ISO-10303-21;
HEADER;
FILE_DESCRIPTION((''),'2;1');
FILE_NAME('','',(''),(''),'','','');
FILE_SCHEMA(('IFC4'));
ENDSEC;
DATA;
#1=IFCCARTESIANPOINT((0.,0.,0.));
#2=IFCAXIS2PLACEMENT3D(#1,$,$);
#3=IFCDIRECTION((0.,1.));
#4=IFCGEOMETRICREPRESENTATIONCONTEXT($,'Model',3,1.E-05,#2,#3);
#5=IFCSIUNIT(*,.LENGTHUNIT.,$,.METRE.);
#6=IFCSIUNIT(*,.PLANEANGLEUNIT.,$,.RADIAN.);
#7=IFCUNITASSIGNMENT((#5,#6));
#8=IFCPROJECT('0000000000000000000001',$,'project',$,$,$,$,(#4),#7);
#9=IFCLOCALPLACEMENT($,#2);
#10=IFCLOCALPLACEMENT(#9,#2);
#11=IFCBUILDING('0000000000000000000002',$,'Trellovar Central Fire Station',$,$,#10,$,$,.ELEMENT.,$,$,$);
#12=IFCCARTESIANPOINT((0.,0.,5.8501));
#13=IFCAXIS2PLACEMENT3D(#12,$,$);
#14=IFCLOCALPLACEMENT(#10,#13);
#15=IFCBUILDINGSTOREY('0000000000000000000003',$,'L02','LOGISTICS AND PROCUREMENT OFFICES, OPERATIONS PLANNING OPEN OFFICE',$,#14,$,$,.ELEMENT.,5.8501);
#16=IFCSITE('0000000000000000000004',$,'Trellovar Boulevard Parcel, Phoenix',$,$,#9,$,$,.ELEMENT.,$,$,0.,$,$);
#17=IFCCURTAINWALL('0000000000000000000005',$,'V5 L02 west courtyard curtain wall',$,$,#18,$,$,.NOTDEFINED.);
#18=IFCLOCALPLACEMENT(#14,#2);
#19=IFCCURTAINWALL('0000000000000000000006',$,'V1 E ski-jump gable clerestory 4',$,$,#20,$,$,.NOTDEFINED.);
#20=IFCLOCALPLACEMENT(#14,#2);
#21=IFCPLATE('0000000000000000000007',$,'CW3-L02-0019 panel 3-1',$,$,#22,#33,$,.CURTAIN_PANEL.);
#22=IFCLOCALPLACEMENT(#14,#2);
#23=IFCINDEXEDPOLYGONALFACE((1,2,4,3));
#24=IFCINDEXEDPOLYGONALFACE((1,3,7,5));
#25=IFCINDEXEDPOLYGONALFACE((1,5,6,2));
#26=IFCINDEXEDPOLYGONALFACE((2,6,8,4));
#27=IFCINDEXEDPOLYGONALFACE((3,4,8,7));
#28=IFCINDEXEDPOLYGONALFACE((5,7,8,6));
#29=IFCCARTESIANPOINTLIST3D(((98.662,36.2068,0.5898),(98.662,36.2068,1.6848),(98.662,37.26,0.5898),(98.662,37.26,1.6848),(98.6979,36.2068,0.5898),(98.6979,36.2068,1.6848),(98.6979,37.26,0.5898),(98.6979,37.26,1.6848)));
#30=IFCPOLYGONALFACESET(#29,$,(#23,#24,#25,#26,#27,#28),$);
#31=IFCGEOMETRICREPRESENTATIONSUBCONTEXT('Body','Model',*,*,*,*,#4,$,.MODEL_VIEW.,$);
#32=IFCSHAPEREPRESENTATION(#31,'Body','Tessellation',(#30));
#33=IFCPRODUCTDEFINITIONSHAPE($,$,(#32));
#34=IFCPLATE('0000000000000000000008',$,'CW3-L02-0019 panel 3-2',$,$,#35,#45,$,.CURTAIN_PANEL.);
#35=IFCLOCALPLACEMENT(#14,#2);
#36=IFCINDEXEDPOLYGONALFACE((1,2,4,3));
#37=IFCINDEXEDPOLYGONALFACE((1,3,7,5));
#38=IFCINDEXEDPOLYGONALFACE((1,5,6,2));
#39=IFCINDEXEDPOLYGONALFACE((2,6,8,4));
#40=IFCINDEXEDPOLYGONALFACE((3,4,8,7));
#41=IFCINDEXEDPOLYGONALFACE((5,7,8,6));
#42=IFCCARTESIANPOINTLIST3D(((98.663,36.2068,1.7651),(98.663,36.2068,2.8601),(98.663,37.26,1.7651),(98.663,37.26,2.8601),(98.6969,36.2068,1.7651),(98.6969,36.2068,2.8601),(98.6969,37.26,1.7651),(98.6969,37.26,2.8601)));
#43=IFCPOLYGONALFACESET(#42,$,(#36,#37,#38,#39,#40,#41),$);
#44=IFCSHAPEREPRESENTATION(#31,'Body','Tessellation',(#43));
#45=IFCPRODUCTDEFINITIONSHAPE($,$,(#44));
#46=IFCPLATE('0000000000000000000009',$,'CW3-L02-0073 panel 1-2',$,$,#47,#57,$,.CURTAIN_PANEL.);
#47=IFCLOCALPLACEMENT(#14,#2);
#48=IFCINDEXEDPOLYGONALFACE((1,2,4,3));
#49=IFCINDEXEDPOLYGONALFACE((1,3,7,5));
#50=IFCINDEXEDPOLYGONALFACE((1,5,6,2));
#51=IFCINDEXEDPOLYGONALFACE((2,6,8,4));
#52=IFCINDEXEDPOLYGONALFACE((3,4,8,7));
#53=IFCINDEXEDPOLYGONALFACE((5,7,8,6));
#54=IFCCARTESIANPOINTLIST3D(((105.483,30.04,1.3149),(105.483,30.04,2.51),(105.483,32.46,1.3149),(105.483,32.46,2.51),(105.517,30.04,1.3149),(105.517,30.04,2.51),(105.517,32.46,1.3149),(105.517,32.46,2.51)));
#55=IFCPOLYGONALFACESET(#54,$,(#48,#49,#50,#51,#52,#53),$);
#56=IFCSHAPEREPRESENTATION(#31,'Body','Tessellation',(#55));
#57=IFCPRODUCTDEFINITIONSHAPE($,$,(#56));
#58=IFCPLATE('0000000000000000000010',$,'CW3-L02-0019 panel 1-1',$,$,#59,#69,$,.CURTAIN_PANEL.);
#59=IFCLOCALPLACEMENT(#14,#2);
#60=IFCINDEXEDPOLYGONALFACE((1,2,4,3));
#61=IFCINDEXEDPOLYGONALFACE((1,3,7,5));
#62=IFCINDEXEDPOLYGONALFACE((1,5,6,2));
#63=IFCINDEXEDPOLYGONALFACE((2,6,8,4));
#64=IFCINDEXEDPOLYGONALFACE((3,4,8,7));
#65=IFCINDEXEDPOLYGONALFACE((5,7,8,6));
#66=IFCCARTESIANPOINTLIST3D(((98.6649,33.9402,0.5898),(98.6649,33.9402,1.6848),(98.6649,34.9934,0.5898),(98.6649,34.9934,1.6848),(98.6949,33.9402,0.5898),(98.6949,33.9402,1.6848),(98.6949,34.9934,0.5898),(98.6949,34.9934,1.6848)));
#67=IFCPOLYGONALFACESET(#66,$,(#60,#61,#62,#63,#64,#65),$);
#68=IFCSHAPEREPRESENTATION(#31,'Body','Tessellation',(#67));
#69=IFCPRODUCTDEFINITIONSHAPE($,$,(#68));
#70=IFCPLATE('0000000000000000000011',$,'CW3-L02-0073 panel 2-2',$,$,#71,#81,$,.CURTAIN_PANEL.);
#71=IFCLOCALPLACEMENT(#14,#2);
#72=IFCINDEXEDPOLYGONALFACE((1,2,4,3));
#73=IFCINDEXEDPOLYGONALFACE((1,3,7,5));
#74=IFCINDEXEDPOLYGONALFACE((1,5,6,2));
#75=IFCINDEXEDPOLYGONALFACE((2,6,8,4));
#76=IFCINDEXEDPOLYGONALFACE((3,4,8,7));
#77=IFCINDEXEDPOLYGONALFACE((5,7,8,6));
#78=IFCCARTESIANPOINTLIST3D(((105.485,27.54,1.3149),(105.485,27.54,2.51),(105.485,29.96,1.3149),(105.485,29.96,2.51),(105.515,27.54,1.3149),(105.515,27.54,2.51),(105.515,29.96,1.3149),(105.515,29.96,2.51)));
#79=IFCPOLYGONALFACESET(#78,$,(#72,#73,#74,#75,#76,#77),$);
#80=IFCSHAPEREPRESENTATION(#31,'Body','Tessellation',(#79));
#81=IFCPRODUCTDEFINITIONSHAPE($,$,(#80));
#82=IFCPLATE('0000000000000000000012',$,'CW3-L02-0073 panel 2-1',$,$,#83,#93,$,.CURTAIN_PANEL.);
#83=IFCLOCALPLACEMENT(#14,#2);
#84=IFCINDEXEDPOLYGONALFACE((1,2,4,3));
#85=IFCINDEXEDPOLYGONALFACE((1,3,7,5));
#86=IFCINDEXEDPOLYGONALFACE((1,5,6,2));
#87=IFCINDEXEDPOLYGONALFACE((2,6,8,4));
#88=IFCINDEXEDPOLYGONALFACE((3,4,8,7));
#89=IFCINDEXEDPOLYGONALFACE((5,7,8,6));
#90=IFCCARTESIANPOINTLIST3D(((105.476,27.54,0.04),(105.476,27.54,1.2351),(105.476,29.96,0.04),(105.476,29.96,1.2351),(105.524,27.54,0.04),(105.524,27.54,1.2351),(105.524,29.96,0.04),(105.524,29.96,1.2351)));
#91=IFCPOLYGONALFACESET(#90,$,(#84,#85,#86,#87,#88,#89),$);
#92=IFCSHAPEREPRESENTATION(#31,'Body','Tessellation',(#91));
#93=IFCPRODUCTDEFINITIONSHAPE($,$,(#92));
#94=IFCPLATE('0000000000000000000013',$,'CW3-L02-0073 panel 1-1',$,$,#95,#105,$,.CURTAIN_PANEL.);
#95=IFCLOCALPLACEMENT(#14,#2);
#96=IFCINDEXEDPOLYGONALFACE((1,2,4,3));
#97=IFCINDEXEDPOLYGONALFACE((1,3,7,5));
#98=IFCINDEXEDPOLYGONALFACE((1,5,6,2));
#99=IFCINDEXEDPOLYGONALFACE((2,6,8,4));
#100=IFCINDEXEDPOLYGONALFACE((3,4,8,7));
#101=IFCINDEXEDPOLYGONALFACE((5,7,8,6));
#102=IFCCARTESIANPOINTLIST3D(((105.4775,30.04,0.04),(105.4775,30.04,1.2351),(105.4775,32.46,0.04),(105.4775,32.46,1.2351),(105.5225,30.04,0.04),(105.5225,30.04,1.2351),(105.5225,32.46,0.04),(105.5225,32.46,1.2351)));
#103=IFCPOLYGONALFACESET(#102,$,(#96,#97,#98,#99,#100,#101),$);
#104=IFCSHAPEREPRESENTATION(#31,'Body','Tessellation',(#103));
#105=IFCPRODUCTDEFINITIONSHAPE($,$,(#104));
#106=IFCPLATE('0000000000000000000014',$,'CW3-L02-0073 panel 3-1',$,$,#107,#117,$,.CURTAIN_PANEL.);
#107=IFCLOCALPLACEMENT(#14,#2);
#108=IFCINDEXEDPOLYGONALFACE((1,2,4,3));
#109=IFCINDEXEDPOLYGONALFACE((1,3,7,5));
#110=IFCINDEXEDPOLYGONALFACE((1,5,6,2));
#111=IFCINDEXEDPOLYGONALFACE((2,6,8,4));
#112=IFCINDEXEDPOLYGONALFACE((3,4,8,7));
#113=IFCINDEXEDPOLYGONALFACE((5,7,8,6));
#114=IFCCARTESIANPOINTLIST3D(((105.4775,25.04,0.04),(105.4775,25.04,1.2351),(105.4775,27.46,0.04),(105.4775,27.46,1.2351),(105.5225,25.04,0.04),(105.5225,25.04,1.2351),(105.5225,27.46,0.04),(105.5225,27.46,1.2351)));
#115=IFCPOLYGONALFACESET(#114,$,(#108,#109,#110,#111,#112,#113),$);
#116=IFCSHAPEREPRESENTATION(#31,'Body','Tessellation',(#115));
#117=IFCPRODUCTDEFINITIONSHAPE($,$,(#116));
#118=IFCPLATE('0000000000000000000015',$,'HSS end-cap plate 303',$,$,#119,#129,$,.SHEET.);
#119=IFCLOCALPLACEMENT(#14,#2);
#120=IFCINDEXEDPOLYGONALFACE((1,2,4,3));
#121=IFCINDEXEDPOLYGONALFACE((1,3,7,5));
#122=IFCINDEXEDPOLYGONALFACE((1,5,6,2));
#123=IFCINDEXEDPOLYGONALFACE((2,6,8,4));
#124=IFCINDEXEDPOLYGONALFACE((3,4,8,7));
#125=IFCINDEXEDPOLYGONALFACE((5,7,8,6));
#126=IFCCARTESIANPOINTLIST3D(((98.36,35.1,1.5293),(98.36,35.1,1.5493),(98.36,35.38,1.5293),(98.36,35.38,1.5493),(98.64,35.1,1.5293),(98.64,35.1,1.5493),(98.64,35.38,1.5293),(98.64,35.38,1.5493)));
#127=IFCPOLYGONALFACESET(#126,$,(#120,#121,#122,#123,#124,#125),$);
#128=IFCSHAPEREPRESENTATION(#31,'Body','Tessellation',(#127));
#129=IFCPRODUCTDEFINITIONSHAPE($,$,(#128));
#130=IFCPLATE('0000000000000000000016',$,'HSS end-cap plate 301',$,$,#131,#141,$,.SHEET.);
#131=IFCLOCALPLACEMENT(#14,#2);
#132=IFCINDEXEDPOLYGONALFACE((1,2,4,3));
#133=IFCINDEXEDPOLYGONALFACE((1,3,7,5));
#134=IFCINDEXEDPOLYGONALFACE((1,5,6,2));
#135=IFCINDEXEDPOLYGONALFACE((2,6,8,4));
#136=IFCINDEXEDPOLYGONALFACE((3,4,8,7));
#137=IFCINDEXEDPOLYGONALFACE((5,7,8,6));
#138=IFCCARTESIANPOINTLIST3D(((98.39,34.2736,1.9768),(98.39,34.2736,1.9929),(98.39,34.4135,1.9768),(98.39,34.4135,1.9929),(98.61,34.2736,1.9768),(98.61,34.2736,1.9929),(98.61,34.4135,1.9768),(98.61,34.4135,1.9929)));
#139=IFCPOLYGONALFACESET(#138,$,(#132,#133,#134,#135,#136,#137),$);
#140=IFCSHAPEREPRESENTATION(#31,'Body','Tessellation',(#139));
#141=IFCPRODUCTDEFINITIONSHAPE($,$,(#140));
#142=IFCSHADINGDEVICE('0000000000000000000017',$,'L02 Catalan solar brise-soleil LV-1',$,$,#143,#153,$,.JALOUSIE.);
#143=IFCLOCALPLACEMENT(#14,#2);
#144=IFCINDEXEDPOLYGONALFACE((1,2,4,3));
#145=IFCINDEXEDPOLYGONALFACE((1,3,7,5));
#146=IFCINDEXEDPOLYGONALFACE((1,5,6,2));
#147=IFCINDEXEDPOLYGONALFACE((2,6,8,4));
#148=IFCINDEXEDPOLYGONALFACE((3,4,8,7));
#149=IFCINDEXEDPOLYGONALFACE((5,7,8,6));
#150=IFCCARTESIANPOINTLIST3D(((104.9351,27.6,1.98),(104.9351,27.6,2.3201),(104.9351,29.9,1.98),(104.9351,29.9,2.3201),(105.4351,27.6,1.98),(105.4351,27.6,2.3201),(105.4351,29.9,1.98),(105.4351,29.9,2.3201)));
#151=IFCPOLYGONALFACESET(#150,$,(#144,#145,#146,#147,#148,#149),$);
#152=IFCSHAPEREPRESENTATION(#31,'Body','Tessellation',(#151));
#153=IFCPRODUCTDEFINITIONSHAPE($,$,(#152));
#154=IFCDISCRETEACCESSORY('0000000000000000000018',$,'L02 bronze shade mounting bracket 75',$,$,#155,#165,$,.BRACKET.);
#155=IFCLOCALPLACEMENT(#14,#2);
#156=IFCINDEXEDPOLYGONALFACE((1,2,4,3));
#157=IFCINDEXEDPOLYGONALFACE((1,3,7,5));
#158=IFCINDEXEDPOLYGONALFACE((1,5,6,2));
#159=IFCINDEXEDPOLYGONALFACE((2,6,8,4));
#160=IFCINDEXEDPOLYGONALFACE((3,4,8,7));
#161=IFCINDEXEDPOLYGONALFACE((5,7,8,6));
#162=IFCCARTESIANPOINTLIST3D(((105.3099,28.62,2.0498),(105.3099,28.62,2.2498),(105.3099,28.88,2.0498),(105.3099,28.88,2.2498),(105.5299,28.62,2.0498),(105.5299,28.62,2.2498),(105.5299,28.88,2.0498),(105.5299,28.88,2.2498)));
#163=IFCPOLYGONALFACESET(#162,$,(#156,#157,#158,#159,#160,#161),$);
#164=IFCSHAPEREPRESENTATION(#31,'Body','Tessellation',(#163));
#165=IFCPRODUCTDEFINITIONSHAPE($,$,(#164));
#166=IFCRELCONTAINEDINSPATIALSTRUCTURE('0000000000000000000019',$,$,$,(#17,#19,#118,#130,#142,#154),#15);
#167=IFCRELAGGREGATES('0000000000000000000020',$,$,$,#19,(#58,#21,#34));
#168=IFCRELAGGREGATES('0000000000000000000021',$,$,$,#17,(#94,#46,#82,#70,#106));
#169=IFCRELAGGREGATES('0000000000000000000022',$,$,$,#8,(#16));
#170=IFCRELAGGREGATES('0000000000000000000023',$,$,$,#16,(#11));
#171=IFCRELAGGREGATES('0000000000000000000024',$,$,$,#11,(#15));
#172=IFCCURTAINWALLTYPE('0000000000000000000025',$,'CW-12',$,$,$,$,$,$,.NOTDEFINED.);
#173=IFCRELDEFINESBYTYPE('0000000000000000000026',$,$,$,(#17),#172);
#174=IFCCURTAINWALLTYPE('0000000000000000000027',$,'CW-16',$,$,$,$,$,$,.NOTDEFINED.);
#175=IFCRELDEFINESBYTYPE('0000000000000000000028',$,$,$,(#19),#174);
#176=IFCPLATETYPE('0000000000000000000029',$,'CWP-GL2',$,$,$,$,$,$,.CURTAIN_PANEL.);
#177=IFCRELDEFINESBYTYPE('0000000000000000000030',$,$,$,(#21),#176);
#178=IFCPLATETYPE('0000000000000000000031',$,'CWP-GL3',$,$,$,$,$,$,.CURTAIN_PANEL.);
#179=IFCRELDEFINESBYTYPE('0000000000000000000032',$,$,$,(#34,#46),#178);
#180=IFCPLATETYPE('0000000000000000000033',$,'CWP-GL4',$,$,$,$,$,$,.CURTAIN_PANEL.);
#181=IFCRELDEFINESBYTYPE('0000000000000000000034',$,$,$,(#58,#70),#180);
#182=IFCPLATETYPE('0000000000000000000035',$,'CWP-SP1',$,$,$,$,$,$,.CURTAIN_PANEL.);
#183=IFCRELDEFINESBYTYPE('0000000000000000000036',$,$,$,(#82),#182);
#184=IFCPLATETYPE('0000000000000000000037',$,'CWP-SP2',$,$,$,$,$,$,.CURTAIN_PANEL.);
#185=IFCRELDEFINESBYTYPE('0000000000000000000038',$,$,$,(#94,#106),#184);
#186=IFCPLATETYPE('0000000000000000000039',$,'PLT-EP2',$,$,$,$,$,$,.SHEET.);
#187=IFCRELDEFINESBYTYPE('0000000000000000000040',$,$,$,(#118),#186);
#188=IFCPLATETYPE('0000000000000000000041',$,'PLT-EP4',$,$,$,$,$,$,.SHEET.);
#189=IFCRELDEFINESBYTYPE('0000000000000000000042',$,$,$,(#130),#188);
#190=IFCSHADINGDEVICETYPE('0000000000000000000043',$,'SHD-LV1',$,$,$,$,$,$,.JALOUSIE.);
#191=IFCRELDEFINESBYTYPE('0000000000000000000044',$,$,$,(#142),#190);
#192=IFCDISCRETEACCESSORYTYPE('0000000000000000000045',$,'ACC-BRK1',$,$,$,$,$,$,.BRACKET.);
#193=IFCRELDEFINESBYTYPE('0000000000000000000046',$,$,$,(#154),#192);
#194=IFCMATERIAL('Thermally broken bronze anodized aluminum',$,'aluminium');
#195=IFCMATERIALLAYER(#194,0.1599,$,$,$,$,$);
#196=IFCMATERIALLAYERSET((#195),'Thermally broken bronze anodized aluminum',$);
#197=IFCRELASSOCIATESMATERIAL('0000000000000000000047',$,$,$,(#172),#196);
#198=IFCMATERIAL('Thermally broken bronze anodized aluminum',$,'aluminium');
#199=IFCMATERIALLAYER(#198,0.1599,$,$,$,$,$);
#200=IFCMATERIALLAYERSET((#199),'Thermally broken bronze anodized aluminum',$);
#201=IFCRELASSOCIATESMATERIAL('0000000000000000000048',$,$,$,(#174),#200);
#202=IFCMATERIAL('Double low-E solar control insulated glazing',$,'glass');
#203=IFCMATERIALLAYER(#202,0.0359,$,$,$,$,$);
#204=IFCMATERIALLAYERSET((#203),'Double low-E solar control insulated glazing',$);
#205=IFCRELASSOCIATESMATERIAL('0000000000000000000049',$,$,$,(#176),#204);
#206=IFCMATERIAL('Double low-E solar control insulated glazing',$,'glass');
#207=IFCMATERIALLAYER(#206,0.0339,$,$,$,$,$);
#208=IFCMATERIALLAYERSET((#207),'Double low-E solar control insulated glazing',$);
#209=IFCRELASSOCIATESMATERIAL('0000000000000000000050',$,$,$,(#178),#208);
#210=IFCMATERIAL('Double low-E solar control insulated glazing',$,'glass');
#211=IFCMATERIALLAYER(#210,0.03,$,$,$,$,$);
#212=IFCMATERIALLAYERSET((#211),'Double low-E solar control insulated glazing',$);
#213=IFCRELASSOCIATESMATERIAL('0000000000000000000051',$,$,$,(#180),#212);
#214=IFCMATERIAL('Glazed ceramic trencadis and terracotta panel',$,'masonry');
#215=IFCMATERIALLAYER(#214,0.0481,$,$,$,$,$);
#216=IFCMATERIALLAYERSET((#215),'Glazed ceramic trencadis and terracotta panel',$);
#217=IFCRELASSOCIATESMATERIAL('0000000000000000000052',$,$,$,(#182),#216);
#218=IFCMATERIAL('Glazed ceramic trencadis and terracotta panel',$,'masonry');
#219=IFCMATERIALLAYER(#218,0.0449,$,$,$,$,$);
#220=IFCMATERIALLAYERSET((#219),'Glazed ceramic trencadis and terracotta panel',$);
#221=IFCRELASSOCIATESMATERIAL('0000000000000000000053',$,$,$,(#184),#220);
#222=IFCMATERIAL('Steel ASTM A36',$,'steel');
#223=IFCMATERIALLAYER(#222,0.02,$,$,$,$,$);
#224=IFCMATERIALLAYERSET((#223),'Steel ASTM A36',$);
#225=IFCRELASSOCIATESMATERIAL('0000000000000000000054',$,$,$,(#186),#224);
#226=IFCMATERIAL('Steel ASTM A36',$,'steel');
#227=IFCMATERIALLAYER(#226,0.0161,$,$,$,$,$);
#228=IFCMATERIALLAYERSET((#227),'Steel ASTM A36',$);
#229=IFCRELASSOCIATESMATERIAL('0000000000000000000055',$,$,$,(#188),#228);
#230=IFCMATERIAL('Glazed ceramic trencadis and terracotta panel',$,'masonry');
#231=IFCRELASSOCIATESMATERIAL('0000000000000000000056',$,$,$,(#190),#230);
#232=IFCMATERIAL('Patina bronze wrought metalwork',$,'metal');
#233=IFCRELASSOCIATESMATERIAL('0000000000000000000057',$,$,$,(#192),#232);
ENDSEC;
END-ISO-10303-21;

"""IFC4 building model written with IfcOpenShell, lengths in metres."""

from ifc_helpers import new_model, si_unit, direction, frame, origin, origin_2d, place, context, subcontext, project, spatial, rectangle, extrude, material, layer, layer_set, type_object, element, aggregate, save


model = new_model("IFC4")

# Units and contexts
model_context = context("Model", 3, precision=1e-05, world=origin(), true_north=direction((0.0, 1.0)))
body_context = subcontext(model_context, "Body", "Model", "MODEL_VIEW")
ifc_project = project(units=[si_unit("LENGTHUNIT", "METRE"), si_unit("PLANEANGLEUNIT", "RADIAN")], contexts=[model_context])

# Site, building, storey
site_placement = place(None, origin())
site = spatial("IfcSite", under=ifc_project, at=site_placement, Name="Trellovar Boulevard Parcel, Phoenix", CompositionType="ELEMENT", RefElevation=0.0)
building_placement = place(site_placement, origin())
building = spatial("IfcBuilding", under=site, at=building_placement, Name="Trellovar Central Fire Station", CompositionType="ELEMENT")
storey_placement = place(building_placement, frame((0.0, 0.0, 5.8501)))
storey = spatial("IfcBuildingStorey", under=building, at=storey_placement, Name="L02", Description="LOGISTICS AND PROCUREMENT OFFICES, OPERATIONS PLANNING OPEN OFFICE", CompositionType="ELEMENT", Elevation=5.8501)

# Curtain walls
ifc_material_1 = material(Name="Thermally broken bronze anodized aluminum", Category="aluminium")
ifc_layer_1 = layer(ifc_material_1, 0.1599)
ifc_layer_set_1 = layer_set([ifc_layer_1], Name="Thermally broken bronze anodized aluminum")
curtain_wall_type_1 = type_object("IfcCurtainWallType", Name="CW-12", PredefinedType="NOTDEFINED", material=ifc_layer_set_1)
curtain_wall_1_placement = place(storey_placement, origin())
curtain_wall_1 = element("IfcCurtainWall", 1, at=curtain_wall_1_placement, inside=storey, type_object=curtain_wall_type_1, Name="V5 L02 west courtyard curtain wall", PredefinedType="NOTDEFINED")
ifc_material_2 = material(Name="Thermally broken bronze anodized aluminum", Category="aluminium")
ifc_layer_2 = layer(ifc_material_2, 0.1599)
ifc_layer_set_2 = layer_set([ifc_layer_2], Name="Thermally broken bronze anodized aluminum")
curtain_wall_type_2 = type_object("IfcCurtainWallType", Name="CW-16", PredefinedType="NOTDEFINED", material=ifc_layer_set_2)
curtain_wall_2_placement = place(storey_placement, origin())
curtain_wall_2 = element("IfcCurtainWall", 2, at=curtain_wall_2_placement, inside=storey, type_object=curtain_wall_type_2, Name="V1 E ski-jump gable clerestory 4", PredefinedType="NOTDEFINED")

# Plates
ifc_material_3 = material(Name="Double low-E solar control insulated glazing", Category="glass")
ifc_layer_3 = layer(ifc_material_3, 0.0359)
ifc_layer_set_3 = layer_set([ifc_layer_3], Name="Double low-E solar control insulated glazing")
plate_type_1 = type_object("IfcPlateType", Name="CWP-GL2", PredefinedType="CURTAIN_PANEL", material=ifc_layer_set_3)
plate_1_placement = place(storey_placement, frame((98.6799, 36.7334, 0.5898), z_axis=(0.0, 0.0, 1.0), x_axis=(0.0, 1.0, 0.0)))
plate_1 = element("IfcPlate", 3, at=plate_1_placement, type_object=plate_type_1, Name="CW3-L02-0019 panel 3-1", PredefinedType="CURTAIN_PANEL", context=body_context, shape_type="SweptSolid", body=[
    extrude(rectangle(XDim=1.0532, YDim=0.0359, at=origin_2d()), origin(), (0.0, 0.0, 1.0), 1.095),
])
ifc_material_4 = material(Name="Double low-E solar control insulated glazing", Category="glass")
ifc_layer_4 = layer(ifc_material_4, 0.0339)
ifc_layer_set_4 = layer_set([ifc_layer_4], Name="Double low-E solar control insulated glazing")
plate_type_2 = type_object("IfcPlateType", Name="CWP-GL3", PredefinedType="CURTAIN_PANEL", material=ifc_layer_set_4)
plate_2_placement = place(storey_placement, frame((98.6799, 36.7334, 1.7651), z_axis=(0.0, 0.0, 1.0), x_axis=(0.0, 1.0, 0.0)))
plate_2 = element("IfcPlate", 4, at=plate_2_placement, type_object=plate_type_2, Name="CW3-L02-0019 panel 3-2", PredefinedType="CURTAIN_PANEL", context=body_context, shape_type="SweptSolid", body=[
    extrude(rectangle(XDim=1.0532, YDim=0.0339, at=origin_2d()), origin(), (0.0, 0.0, 1.0), 1.095),
])
plate_3_placement = place(storey_placement, frame((105.5, 31.25, 1.3149), z_axis=(0.0, 0.0, 1.0), x_axis=(0.0, -1.0, 0.0)))
plate_3 = element("IfcPlate", 5, at=plate_3_placement, type_object=plate_type_2, Name="CW3-L02-0073 panel 1-2", PredefinedType="CURTAIN_PANEL", context=body_context, shape_type="SweptSolid", body=[
    extrude(rectangle(XDim=2.4199, YDim=0.0339, at=origin_2d()), origin(), (0.0, 0.0, 1.0), 1.1951),
])
ifc_material_5 = material(Name="Double low-E solar control insulated glazing", Category="glass")
ifc_layer_5 = layer(ifc_material_5, 0.03)
ifc_layer_set_5 = layer_set([ifc_layer_5], Name="Double low-E solar control insulated glazing")
plate_type_3 = type_object("IfcPlateType", Name="CWP-GL4", PredefinedType="CURTAIN_PANEL", material=ifc_layer_set_5)
plate_4_placement = place(storey_placement, frame((98.6799, 34.4668, 0.5898), z_axis=(0.0, 0.0, 1.0), x_axis=(0.0, 1.0, 0.0)))
plate_4 = element("IfcPlate", 6, at=plate_4_placement, type_object=plate_type_3, Name="CW3-L02-0019 panel 1-1", PredefinedType="CURTAIN_PANEL", context=body_context, shape_type="SweptSolid", body=[
    extrude(rectangle(XDim=1.0532, YDim=0.03, at=origin_2d()), origin(), (0.0, 0.0, 1.0), 1.095),
])
aggregate(curtain_wall_2, [plate_4, plate_1, plate_2])
plate_5_placement = place(storey_placement, frame((105.5, 28.75, 1.3149), z_axis=(0.0, 0.0, 1.0), x_axis=(0.0, -1.0, 0.0)))
plate_5 = element("IfcPlate", 7, at=plate_5_placement, type_object=plate_type_3, Name="CW3-L02-0073 panel 2-2", PredefinedType="CURTAIN_PANEL", context=body_context, shape_type="SweptSolid", body=[
    extrude(rectangle(XDim=2.4199, YDim=0.03, at=origin_2d()), origin(), (0.0, 0.0, 1.0), 1.1951),
])
ifc_material_6 = material(Name="Glazed ceramic trencadis and terracotta panel", Category="masonry")
ifc_layer_6 = layer(ifc_material_6, 0.0481)
ifc_layer_set_6 = layer_set([ifc_layer_6], Name="Glazed ceramic trencadis and terracotta panel")
plate_type_4 = type_object("IfcPlateType", Name="CWP-SP1", PredefinedType="CURTAIN_PANEL", material=ifc_layer_set_6)
plate_6_placement = place(storey_placement, frame((105.5, 28.75, 0.04), z_axis=(0.0, 0.0, 1.0), x_axis=(0.0, -1.0, 0.0)))
plate_6 = element("IfcPlate", 8, at=plate_6_placement, type_object=plate_type_4, Name="CW3-L02-0073 panel 2-1", PredefinedType="CURTAIN_PANEL", context=body_context, shape_type="SweptSolid", body=[
    extrude(rectangle(XDim=2.4199, YDim=0.0481, at=origin_2d()), origin(), (0.0, 0.0, 1.0), 1.1951),
])
ifc_material_7 = material(Name="Glazed ceramic trencadis and terracotta panel", Category="masonry")
ifc_layer_7 = layer(ifc_material_7, 0.0449)
ifc_layer_set_7 = layer_set([ifc_layer_7], Name="Glazed ceramic trencadis and terracotta panel")
plate_type_5 = type_object("IfcPlateType", Name="CWP-SP2", PredefinedType="CURTAIN_PANEL", material=ifc_layer_set_7)
plate_7_placement = place(storey_placement, frame((105.5, 31.25, 0.04), z_axis=(0.0, 0.0, 1.0), x_axis=(0.0, -1.0, 0.0)))
plate_7 = element("IfcPlate", 9, at=plate_7_placement, type_object=plate_type_5, Name="CW3-L02-0073 panel 1-1", PredefinedType="CURTAIN_PANEL", context=body_context, shape_type="SweptSolid", body=[
    extrude(rectangle(XDim=2.4199, YDim=0.0449, at=origin_2d()), origin(), (0.0, 0.0, 1.0), 1.1951),
])
plate_8_placement = place(storey_placement, frame((105.5, 26.25, 0.04), z_axis=(0.0, 0.0, 1.0), x_axis=(0.0, -1.0, 0.0)))
plate_8 = element("IfcPlate", 10, at=plate_8_placement, type_object=plate_type_5, Name="CW3-L02-0073 panel 3-1", PredefinedType="CURTAIN_PANEL", context=body_context, shape_type="SweptSolid", body=[
    extrude(rectangle(XDim=2.4199, YDim=0.0449, at=origin_2d()), origin(), (0.0, 0.0, 1.0), 1.1951),
])
aggregate(curtain_wall_1, [plate_7, plate_3, plate_6, plate_5, plate_8])

# Plates
ifc_material_8 = material(Name="Steel ASTM A36", Category="steel")
ifc_layer_8 = layer(ifc_material_8, 0.02)
ifc_layer_set_8 = layer_set([ifc_layer_8], Name="Steel ASTM A36")
plate_type_6 = type_object("IfcPlateType", Name="PLT-EP2", PredefinedType="SHEET", material=ifc_layer_set_8)
plate_9_placement = place(storey_placement, frame((98.5, 35.24, 1.5293), z_axis=(0.0, 0.0, 1.0), x_axis=(1.0, 0.0, 0.0)))
element("IfcPlate", 11, at=plate_9_placement, inside=storey, type_object=plate_type_6, Name="HSS end-cap plate 303", PredefinedType="SHEET", context=body_context, shape_type="SweptSolid", body=[
    extrude(rectangle(XDim=0.28, YDim=0.28, at=origin_2d()), origin(), (0.0, 0.0, 1.0), 0.02),
])
ifc_material_9 = material(Name="Steel ASTM A36", Category="steel")
ifc_layer_9 = layer(ifc_material_9, 0.0161)
ifc_layer_set_9 = layer_set([ifc_layer_9], Name="Steel ASTM A36")
plate_type_7 = type_object("IfcPlateType", Name="PLT-EP4", PredefinedType="SHEET", material=ifc_layer_set_9)
plate_10_placement = place(storey_placement, frame((98.5, 34.3435, 1.9768), z_axis=(0.0, 0.0, 1.0), x_axis=(1.0, 0.0, 0.0)))
element("IfcPlate", 12, at=plate_10_placement, inside=storey, type_object=plate_type_7, Name="HSS end-cap plate 301", PredefinedType="SHEET", context=body_context, shape_type="SweptSolid", body=[
    extrude(rectangle(XDim=0.22, YDim=0.1399, at=origin_2d()), origin(), (0.0, 0.0, 1.0), 0.0161),
])

# Shading device
ifc_material_10 = material(Name="Glazed ceramic trencadis and terracotta panel", Category="masonry")
shading_device_type = type_object("IfcShadingDeviceType", Name="SHD-LV1", PredefinedType="JALOUSIE", material=ifc_material_10)
shading_device_placement = place(storey_placement, frame((105.1851, 28.75, 1.98), z_axis=(0.0, 0.0, 1.0), x_axis=(0.0, 1.0, 0.0)))
element("IfcShadingDevice", 13, at=shading_device_placement, inside=storey, type_object=shading_device_type, Name="L02 Catalan solar brise-soleil LV-1", PredefinedType="JALOUSIE", context=body_context, shape_type="SweptSolid", body=[
    extrude(rectangle(XDim=2.3, YDim=0.5, at=origin_2d()), origin(), (0.0, 0.0, 1.0), 0.3401),
])

# Discrete accessory
ifc_material_11 = material(Name="Patina bronze wrought metalwork", Category="metal")
discrete_accessory_type = type_object("IfcDiscreteAccessoryType", Name="ACC-BRK1", PredefinedType="BRACKET", material=ifc_material_11)
discrete_accessory_placement = place(storey_placement, frame((105.4199, 28.75, 2.0498), z_axis=(0.0, 0.0, 1.0), x_axis=(0.0, 1.0, 0.0)))
element("IfcDiscreteAccessory", 14, at=discrete_accessory_placement, inside=storey, type_object=discrete_accessory_type, Name="L02 bronze shade mounting bracket 75", PredefinedType="BRACKET", context=body_context, shape_type="SweptSolid", body=[
    extrude(rectangle(XDim=0.26, YDim=0.22, at=origin_2d()), origin(), (0.0, 0.0, 1.0), 0.2),
])

save(model, "model.ifc")
